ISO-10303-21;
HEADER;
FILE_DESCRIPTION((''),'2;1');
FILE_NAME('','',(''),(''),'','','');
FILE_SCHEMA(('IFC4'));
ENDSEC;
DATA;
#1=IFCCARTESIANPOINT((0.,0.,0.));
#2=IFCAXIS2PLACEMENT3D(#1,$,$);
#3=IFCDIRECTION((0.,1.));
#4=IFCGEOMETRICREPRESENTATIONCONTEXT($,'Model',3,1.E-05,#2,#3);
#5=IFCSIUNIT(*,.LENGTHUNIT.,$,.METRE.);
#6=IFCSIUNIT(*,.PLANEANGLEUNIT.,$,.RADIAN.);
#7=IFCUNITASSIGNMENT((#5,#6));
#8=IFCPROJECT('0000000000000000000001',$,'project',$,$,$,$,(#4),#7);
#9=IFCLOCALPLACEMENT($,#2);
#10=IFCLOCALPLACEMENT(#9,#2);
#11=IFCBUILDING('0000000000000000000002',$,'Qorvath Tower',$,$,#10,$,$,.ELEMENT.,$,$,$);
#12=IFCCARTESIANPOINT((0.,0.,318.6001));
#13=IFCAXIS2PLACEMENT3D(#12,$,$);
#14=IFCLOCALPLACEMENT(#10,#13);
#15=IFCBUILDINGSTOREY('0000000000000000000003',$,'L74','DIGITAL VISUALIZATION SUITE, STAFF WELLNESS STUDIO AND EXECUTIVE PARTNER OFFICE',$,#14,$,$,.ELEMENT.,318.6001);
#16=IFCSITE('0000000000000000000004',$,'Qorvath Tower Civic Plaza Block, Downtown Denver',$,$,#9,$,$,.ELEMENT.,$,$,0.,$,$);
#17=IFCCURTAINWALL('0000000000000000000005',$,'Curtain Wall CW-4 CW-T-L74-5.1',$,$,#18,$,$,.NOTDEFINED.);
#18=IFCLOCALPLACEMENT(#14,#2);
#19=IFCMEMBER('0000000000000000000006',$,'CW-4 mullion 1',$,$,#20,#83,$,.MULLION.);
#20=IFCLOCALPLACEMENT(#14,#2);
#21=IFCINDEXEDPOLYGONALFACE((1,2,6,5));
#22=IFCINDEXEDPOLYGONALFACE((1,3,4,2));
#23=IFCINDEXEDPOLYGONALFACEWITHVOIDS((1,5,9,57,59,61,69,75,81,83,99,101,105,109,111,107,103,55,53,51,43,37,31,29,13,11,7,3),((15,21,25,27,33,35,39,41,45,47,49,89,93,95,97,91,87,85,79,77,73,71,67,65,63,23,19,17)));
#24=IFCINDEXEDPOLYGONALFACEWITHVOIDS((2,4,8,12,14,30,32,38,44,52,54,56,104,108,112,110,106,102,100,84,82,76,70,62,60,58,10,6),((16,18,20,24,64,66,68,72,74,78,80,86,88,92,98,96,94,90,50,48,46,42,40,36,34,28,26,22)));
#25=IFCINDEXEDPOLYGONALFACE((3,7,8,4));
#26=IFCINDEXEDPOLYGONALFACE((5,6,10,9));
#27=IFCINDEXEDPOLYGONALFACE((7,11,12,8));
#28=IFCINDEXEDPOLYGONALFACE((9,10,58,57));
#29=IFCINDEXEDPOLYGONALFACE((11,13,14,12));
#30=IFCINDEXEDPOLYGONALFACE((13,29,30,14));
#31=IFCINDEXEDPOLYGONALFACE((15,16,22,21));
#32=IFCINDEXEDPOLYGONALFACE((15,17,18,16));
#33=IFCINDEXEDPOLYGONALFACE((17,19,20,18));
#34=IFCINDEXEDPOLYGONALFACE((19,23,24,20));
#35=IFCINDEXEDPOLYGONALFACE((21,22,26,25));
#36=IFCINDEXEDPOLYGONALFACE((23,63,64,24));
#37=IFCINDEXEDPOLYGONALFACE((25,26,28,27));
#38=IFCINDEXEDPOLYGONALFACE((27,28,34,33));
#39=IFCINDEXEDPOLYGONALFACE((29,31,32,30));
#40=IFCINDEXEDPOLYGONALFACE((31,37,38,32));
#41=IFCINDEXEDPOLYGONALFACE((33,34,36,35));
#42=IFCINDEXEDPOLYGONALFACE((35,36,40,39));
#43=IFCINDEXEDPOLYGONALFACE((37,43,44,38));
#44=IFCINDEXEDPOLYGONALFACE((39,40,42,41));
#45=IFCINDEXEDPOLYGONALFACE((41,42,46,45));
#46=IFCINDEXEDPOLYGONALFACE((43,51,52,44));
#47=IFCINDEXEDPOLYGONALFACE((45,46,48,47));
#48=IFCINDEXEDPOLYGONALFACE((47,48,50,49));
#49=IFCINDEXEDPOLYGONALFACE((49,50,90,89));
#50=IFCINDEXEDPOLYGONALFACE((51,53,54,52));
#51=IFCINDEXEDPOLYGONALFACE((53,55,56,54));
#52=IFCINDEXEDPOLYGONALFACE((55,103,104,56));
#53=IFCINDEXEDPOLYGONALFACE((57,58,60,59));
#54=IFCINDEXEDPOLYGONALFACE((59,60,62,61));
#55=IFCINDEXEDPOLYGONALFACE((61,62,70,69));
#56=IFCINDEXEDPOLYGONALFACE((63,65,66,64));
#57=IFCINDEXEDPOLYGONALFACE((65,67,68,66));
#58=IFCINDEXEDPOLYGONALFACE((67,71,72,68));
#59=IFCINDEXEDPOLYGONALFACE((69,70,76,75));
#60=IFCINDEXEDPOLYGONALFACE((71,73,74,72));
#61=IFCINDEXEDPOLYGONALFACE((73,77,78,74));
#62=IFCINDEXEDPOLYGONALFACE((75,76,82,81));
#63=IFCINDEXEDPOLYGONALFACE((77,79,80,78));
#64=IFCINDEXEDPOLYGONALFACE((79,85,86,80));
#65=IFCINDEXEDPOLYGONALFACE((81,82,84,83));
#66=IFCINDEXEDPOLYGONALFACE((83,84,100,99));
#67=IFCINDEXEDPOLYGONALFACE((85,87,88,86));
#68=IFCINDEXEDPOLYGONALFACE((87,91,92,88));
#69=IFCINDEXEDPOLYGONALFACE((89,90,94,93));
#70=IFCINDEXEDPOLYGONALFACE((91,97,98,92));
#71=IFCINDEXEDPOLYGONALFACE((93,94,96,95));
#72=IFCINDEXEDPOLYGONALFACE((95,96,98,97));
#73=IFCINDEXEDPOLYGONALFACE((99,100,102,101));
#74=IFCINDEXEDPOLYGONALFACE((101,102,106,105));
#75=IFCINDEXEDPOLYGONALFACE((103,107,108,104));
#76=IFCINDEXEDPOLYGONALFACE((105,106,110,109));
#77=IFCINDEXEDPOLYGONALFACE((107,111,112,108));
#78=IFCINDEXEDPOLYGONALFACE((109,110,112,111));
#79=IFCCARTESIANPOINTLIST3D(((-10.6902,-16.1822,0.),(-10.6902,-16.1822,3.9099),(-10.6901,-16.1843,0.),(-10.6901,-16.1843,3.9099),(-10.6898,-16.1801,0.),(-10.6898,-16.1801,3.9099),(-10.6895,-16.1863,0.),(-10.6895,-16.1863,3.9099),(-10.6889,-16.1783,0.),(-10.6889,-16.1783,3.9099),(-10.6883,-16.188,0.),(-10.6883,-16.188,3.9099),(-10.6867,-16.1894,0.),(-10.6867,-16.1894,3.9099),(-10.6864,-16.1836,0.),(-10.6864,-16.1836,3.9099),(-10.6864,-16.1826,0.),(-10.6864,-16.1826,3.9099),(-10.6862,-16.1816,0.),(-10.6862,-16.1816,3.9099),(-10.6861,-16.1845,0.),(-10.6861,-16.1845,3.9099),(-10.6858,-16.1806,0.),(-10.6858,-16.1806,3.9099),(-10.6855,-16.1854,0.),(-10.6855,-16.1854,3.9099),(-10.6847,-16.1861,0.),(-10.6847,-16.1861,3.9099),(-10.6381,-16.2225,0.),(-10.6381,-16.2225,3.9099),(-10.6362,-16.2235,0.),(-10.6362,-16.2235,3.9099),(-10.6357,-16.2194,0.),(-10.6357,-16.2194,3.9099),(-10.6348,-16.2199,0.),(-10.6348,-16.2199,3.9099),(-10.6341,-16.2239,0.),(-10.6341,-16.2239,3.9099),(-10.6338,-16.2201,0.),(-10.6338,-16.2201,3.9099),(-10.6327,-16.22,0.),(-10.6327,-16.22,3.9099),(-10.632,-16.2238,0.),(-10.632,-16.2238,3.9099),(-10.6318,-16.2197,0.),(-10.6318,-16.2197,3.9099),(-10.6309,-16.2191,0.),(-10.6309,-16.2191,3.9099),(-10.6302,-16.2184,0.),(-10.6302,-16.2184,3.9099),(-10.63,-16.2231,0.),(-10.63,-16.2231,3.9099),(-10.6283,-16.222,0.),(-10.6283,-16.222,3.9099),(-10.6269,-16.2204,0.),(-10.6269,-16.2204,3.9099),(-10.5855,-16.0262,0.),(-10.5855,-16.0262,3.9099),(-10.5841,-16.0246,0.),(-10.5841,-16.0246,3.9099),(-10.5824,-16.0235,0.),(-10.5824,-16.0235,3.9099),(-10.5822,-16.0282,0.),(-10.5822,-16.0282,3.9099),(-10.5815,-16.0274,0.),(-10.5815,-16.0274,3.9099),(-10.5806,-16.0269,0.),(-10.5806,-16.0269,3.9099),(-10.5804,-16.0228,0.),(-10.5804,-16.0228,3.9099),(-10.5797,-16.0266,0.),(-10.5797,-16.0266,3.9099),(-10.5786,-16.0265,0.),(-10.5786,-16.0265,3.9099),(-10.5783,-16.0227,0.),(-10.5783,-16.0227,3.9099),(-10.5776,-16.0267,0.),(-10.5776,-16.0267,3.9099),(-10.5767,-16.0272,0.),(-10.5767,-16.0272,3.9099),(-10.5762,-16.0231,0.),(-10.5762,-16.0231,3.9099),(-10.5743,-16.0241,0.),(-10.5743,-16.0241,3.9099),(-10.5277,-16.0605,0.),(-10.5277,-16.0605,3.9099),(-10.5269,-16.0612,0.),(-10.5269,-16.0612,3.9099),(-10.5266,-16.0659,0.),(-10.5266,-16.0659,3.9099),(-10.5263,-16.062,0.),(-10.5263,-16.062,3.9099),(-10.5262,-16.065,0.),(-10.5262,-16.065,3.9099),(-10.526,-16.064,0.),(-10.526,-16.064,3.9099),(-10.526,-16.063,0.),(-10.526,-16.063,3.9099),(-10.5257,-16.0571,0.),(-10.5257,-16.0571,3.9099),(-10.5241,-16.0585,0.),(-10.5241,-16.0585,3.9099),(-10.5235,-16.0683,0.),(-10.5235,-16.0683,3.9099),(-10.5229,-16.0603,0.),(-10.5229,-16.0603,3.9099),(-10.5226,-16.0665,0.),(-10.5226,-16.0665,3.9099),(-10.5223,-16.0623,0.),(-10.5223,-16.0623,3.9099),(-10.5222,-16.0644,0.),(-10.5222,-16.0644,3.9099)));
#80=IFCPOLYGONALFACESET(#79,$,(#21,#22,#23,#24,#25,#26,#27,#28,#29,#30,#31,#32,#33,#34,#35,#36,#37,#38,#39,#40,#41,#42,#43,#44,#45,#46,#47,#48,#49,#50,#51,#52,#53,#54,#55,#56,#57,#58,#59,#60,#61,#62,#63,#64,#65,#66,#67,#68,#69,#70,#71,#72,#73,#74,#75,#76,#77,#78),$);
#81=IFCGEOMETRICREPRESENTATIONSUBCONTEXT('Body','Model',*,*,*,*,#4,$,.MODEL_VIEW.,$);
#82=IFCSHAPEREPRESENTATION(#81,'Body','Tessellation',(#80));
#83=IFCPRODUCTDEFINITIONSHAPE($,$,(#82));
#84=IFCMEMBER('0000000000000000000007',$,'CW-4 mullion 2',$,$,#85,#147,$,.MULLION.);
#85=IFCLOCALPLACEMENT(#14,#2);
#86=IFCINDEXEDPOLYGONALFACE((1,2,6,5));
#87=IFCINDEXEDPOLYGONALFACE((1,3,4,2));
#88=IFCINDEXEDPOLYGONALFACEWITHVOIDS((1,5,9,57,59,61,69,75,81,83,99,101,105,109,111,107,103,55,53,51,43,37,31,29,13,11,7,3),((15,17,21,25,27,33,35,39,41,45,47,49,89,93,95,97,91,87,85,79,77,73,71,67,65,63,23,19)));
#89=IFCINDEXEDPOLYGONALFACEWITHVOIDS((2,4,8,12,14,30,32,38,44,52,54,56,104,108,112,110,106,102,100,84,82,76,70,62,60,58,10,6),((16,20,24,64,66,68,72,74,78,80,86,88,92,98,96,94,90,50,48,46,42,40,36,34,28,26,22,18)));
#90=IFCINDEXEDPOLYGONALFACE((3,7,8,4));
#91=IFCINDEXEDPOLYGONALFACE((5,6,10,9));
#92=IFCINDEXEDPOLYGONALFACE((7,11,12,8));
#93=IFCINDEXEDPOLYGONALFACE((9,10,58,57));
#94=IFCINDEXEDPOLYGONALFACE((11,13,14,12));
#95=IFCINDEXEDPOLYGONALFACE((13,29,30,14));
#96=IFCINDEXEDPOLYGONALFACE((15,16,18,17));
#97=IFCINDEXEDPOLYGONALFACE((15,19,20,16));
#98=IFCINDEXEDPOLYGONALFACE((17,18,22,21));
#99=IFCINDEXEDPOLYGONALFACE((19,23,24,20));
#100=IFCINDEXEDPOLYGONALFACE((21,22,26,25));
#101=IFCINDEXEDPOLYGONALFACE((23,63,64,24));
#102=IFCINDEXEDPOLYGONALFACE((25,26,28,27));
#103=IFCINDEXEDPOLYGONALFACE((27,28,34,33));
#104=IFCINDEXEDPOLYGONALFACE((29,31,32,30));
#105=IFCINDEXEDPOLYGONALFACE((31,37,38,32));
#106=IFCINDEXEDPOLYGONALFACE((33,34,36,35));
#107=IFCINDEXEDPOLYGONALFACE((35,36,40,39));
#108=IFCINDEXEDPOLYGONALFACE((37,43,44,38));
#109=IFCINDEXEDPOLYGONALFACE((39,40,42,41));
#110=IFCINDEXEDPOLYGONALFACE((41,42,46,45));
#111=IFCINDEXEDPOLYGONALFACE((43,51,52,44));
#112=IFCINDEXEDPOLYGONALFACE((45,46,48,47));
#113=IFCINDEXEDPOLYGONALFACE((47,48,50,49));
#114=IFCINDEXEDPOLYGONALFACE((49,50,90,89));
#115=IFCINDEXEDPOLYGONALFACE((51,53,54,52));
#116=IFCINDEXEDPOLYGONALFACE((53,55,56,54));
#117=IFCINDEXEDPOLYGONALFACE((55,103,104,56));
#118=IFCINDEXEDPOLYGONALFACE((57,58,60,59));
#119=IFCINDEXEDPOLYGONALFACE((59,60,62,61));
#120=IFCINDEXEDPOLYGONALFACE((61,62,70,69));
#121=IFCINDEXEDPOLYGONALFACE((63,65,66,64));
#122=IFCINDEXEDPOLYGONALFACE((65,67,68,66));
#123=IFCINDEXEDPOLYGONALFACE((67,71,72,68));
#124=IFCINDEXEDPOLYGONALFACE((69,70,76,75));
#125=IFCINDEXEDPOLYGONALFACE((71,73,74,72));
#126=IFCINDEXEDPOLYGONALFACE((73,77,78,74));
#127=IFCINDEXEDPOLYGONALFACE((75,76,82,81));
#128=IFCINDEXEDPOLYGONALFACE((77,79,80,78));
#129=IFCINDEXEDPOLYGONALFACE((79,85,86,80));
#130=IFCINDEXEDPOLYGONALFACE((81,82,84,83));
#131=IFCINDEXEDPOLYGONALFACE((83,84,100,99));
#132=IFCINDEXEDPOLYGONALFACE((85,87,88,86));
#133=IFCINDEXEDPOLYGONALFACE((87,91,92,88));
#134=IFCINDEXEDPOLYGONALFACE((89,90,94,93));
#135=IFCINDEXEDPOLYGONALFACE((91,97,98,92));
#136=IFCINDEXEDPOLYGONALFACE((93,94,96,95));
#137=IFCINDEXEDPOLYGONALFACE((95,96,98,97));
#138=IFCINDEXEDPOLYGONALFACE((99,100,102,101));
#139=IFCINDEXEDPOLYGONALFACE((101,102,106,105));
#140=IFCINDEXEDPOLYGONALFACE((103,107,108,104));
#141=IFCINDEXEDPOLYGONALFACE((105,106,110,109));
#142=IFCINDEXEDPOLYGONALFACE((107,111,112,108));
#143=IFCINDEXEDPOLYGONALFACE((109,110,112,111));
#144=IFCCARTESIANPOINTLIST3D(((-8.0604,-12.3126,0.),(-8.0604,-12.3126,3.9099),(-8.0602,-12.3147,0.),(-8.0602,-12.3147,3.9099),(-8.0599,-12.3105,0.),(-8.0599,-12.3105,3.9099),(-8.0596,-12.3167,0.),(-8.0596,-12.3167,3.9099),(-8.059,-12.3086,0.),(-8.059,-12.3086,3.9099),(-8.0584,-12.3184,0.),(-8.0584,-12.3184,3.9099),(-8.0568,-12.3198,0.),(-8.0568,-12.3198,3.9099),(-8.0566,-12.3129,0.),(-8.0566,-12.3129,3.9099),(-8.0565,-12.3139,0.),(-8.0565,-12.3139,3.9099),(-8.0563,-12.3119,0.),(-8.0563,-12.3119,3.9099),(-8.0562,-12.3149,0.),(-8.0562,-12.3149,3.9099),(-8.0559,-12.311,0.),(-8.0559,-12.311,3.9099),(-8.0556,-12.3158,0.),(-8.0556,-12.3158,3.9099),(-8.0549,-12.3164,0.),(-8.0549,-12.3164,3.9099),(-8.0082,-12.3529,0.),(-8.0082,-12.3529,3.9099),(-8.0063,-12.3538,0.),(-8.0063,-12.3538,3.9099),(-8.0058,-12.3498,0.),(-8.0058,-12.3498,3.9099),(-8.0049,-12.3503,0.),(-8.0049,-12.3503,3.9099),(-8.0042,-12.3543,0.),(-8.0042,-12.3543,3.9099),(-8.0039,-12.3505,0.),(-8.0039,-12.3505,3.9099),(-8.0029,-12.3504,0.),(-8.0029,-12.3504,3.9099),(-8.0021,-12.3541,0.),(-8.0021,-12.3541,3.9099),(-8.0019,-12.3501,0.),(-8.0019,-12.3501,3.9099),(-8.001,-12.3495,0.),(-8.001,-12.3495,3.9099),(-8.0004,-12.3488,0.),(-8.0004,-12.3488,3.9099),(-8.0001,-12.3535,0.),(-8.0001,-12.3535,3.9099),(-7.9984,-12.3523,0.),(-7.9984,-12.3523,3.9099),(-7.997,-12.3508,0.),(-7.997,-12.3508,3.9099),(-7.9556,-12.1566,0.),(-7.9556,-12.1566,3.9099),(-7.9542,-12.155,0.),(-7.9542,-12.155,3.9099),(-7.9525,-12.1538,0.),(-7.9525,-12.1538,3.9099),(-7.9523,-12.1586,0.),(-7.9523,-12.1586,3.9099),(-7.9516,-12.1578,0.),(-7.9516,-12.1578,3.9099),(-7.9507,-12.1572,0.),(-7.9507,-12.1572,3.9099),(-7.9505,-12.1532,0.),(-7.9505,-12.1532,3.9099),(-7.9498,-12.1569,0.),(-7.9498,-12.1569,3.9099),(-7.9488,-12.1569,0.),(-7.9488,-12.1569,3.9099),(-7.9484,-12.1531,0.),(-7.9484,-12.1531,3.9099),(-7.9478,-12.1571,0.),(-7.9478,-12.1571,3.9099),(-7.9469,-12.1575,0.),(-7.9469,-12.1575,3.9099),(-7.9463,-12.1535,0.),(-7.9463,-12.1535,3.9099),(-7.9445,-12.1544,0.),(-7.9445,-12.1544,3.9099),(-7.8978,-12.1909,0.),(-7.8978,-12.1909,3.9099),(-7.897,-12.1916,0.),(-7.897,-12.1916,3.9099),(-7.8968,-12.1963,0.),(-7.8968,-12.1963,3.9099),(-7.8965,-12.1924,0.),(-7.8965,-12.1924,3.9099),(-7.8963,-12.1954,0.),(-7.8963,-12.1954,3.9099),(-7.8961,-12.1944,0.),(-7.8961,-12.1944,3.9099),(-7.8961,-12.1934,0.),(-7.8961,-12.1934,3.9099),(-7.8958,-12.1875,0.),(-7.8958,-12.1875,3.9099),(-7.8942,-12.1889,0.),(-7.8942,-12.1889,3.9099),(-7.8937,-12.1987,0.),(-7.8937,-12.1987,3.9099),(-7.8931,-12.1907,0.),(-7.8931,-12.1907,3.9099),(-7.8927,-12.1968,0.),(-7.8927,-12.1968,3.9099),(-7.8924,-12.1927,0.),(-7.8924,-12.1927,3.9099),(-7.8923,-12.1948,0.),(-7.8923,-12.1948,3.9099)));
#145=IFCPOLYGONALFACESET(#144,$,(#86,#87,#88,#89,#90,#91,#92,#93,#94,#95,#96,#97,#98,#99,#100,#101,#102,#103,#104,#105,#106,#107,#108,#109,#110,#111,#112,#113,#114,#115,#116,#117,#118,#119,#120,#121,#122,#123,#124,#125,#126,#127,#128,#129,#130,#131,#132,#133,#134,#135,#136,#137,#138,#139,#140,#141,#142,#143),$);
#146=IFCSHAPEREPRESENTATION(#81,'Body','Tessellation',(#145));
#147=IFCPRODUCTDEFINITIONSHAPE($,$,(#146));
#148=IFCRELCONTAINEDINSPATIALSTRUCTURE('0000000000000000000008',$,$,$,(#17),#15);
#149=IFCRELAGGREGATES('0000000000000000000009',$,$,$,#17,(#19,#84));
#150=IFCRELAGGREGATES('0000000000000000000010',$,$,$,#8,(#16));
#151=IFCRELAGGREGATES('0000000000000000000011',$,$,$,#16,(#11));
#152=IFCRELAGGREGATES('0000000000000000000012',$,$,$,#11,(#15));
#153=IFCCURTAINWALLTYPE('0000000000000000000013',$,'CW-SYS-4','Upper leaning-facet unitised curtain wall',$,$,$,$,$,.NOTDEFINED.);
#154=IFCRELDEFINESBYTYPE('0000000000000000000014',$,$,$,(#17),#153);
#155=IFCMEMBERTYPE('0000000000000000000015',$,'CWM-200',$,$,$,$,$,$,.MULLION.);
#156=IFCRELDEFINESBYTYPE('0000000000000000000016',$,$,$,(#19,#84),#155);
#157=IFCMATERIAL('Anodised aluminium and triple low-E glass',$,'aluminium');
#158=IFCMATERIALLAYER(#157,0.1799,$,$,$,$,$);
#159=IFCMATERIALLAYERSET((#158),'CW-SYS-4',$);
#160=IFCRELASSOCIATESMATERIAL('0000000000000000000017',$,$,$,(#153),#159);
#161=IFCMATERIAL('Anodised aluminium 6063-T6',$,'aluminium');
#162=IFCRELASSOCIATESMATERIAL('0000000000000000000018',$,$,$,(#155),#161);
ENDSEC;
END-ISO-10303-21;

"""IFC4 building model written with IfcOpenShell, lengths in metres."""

from ifc_helpers import new_model, si_unit, direction, frame, origin, origin_2d, place, context, subcontext, project, spatial, hollow_rectangle, extrude, material, layer, layer_set, material_profile, profile_set, type_object, element, aggregate, save


model = new_model("IFC4")

# Units and contexts
model_context = context("Model", 3, precision=1e-05, world=origin(), true_north=direction((0.0, 1.0)))
body_context = subcontext(model_context, "Body", "Model", "MODEL_VIEW")
ifc_project = project(units=[si_unit("LENGTHUNIT", "METRE"), si_unit("PLANEANGLEUNIT", "RADIAN")], contexts=[model_context])

# Site, building, storey
site_placement = place(None, origin())
site = spatial("IfcSite", under=ifc_project, at=site_placement, Name="Qorvath Tower Civic Plaza Block, Downtown Denver", CompositionType="ELEMENT", RefElevation=0.0)
building_placement = place(site_placement, origin())
building = spatial("IfcBuilding", under=site, at=building_placement, Name="Qorvath Tower", CompositionType="ELEMENT")
storey_placement = place(building_placement, frame((0.0, 0.0, 318.6001)))
storey = spatial("IfcBuildingStorey", under=building, at=storey_placement, Name="L74", Description="DIGITAL VISUALIZATION SUITE, STAFF WELLNESS STUDIO AND EXECUTIVE PARTNER OFFICE", CompositionType="ELEMENT", Elevation=318.6001)

# Shared definitions
ifc_material_1 = material(Name="Anodised aluminium and triple low-E glass", Category="aluminium")
ifc_layer_1 = layer(ifc_material_1, 0.1799)
ifc_layer_set_1 = layer_set([ifc_layer_1], Name="CW-SYS-4")
curtain_wall_type = type_object("IfcCurtainWallType", Name="CW-SYS-4", Description="Upper leaning-facet unitised curtain wall", PredefinedType="NOTDEFINED", material=ifc_layer_set_1)
ifc_material_2 = material(Name="Anodised aluminium 6063-T6", Category="aluminium")
ifc_material_profile_1 = material_profile(ifc_material_2, hollow_rectangle(XDim=0.075, YDim=0.2, WallThickness=0.0039, InnerFilletRadius=0.0039, OuterFilletRadius=0.0081, at=origin_2d()), Name="CWM 200x75")
ifc_profile_set_1 = profile_set([ifc_material_profile_1], Name="Anodised aluminium 6063-T6")
member_type_1 = type_object("IfcMemberType", Name="CWM-200", PredefinedType="MULLION", material=ifc_profile_set_1)

# Curtain wall, members
curtain_wall_1_placement = place(storey_placement, origin())
curtain_wall_1 = element("IfcCurtainWall", 1, at=curtain_wall_1_placement, inside=storey, type_object=curtain_wall_type, Name="Curtain Wall CW-4 CW-T-L74-5.1", PredefinedType="NOTDEFINED")
member_1_placement = place(storey_placement, frame((-10.6062, -16.1233, 0.0), z_axis=(0.0, 0.0, 1.0), x_axis=(-0.827082, 0.562082, 0.0)))
member_1 = element("IfcMember", 2, at=member_1_placement, type_object=member_type_1, Name="CW-4 mullion 1", PredefinedType="MULLION", context=body_context, shape_type="SweptSolid", body=[
    extrude(hollow_rectangle(XDim=0.075, YDim=0.2, WallThickness=0.0039, InnerFilletRadius=0.0039, OuterFilletRadius=0.0081, at=origin_2d()), origin(), (0.0, 0.0, 1.0), 3.9099),
])
member_2_placement = place(storey_placement, frame((-7.9763, -12.2537, 0.0), z_axis=(0.0, 0.0, 1.0), x_axis=(-0.827082, 0.562082, 0.0)))
member_2 = element("IfcMember", 3, at=member_2_placement, type_object=member_type_1, Name="CW-4 mullion 2", PredefinedType="MULLION", context=body_context, shape_type="SweptSolid", body=[
    extrude(hollow_rectangle(XDim=0.075, YDim=0.2, WallThickness=0.0039, InnerFilletRadius=0.0039, OuterFilletRadius=0.0081, at=origin_2d()), origin(), (0.0, 0.0, 1.0), 3.9099),
])

aggregate(curtain_wall_1, [member_1, member_2])

save(model, "model.ifc")
